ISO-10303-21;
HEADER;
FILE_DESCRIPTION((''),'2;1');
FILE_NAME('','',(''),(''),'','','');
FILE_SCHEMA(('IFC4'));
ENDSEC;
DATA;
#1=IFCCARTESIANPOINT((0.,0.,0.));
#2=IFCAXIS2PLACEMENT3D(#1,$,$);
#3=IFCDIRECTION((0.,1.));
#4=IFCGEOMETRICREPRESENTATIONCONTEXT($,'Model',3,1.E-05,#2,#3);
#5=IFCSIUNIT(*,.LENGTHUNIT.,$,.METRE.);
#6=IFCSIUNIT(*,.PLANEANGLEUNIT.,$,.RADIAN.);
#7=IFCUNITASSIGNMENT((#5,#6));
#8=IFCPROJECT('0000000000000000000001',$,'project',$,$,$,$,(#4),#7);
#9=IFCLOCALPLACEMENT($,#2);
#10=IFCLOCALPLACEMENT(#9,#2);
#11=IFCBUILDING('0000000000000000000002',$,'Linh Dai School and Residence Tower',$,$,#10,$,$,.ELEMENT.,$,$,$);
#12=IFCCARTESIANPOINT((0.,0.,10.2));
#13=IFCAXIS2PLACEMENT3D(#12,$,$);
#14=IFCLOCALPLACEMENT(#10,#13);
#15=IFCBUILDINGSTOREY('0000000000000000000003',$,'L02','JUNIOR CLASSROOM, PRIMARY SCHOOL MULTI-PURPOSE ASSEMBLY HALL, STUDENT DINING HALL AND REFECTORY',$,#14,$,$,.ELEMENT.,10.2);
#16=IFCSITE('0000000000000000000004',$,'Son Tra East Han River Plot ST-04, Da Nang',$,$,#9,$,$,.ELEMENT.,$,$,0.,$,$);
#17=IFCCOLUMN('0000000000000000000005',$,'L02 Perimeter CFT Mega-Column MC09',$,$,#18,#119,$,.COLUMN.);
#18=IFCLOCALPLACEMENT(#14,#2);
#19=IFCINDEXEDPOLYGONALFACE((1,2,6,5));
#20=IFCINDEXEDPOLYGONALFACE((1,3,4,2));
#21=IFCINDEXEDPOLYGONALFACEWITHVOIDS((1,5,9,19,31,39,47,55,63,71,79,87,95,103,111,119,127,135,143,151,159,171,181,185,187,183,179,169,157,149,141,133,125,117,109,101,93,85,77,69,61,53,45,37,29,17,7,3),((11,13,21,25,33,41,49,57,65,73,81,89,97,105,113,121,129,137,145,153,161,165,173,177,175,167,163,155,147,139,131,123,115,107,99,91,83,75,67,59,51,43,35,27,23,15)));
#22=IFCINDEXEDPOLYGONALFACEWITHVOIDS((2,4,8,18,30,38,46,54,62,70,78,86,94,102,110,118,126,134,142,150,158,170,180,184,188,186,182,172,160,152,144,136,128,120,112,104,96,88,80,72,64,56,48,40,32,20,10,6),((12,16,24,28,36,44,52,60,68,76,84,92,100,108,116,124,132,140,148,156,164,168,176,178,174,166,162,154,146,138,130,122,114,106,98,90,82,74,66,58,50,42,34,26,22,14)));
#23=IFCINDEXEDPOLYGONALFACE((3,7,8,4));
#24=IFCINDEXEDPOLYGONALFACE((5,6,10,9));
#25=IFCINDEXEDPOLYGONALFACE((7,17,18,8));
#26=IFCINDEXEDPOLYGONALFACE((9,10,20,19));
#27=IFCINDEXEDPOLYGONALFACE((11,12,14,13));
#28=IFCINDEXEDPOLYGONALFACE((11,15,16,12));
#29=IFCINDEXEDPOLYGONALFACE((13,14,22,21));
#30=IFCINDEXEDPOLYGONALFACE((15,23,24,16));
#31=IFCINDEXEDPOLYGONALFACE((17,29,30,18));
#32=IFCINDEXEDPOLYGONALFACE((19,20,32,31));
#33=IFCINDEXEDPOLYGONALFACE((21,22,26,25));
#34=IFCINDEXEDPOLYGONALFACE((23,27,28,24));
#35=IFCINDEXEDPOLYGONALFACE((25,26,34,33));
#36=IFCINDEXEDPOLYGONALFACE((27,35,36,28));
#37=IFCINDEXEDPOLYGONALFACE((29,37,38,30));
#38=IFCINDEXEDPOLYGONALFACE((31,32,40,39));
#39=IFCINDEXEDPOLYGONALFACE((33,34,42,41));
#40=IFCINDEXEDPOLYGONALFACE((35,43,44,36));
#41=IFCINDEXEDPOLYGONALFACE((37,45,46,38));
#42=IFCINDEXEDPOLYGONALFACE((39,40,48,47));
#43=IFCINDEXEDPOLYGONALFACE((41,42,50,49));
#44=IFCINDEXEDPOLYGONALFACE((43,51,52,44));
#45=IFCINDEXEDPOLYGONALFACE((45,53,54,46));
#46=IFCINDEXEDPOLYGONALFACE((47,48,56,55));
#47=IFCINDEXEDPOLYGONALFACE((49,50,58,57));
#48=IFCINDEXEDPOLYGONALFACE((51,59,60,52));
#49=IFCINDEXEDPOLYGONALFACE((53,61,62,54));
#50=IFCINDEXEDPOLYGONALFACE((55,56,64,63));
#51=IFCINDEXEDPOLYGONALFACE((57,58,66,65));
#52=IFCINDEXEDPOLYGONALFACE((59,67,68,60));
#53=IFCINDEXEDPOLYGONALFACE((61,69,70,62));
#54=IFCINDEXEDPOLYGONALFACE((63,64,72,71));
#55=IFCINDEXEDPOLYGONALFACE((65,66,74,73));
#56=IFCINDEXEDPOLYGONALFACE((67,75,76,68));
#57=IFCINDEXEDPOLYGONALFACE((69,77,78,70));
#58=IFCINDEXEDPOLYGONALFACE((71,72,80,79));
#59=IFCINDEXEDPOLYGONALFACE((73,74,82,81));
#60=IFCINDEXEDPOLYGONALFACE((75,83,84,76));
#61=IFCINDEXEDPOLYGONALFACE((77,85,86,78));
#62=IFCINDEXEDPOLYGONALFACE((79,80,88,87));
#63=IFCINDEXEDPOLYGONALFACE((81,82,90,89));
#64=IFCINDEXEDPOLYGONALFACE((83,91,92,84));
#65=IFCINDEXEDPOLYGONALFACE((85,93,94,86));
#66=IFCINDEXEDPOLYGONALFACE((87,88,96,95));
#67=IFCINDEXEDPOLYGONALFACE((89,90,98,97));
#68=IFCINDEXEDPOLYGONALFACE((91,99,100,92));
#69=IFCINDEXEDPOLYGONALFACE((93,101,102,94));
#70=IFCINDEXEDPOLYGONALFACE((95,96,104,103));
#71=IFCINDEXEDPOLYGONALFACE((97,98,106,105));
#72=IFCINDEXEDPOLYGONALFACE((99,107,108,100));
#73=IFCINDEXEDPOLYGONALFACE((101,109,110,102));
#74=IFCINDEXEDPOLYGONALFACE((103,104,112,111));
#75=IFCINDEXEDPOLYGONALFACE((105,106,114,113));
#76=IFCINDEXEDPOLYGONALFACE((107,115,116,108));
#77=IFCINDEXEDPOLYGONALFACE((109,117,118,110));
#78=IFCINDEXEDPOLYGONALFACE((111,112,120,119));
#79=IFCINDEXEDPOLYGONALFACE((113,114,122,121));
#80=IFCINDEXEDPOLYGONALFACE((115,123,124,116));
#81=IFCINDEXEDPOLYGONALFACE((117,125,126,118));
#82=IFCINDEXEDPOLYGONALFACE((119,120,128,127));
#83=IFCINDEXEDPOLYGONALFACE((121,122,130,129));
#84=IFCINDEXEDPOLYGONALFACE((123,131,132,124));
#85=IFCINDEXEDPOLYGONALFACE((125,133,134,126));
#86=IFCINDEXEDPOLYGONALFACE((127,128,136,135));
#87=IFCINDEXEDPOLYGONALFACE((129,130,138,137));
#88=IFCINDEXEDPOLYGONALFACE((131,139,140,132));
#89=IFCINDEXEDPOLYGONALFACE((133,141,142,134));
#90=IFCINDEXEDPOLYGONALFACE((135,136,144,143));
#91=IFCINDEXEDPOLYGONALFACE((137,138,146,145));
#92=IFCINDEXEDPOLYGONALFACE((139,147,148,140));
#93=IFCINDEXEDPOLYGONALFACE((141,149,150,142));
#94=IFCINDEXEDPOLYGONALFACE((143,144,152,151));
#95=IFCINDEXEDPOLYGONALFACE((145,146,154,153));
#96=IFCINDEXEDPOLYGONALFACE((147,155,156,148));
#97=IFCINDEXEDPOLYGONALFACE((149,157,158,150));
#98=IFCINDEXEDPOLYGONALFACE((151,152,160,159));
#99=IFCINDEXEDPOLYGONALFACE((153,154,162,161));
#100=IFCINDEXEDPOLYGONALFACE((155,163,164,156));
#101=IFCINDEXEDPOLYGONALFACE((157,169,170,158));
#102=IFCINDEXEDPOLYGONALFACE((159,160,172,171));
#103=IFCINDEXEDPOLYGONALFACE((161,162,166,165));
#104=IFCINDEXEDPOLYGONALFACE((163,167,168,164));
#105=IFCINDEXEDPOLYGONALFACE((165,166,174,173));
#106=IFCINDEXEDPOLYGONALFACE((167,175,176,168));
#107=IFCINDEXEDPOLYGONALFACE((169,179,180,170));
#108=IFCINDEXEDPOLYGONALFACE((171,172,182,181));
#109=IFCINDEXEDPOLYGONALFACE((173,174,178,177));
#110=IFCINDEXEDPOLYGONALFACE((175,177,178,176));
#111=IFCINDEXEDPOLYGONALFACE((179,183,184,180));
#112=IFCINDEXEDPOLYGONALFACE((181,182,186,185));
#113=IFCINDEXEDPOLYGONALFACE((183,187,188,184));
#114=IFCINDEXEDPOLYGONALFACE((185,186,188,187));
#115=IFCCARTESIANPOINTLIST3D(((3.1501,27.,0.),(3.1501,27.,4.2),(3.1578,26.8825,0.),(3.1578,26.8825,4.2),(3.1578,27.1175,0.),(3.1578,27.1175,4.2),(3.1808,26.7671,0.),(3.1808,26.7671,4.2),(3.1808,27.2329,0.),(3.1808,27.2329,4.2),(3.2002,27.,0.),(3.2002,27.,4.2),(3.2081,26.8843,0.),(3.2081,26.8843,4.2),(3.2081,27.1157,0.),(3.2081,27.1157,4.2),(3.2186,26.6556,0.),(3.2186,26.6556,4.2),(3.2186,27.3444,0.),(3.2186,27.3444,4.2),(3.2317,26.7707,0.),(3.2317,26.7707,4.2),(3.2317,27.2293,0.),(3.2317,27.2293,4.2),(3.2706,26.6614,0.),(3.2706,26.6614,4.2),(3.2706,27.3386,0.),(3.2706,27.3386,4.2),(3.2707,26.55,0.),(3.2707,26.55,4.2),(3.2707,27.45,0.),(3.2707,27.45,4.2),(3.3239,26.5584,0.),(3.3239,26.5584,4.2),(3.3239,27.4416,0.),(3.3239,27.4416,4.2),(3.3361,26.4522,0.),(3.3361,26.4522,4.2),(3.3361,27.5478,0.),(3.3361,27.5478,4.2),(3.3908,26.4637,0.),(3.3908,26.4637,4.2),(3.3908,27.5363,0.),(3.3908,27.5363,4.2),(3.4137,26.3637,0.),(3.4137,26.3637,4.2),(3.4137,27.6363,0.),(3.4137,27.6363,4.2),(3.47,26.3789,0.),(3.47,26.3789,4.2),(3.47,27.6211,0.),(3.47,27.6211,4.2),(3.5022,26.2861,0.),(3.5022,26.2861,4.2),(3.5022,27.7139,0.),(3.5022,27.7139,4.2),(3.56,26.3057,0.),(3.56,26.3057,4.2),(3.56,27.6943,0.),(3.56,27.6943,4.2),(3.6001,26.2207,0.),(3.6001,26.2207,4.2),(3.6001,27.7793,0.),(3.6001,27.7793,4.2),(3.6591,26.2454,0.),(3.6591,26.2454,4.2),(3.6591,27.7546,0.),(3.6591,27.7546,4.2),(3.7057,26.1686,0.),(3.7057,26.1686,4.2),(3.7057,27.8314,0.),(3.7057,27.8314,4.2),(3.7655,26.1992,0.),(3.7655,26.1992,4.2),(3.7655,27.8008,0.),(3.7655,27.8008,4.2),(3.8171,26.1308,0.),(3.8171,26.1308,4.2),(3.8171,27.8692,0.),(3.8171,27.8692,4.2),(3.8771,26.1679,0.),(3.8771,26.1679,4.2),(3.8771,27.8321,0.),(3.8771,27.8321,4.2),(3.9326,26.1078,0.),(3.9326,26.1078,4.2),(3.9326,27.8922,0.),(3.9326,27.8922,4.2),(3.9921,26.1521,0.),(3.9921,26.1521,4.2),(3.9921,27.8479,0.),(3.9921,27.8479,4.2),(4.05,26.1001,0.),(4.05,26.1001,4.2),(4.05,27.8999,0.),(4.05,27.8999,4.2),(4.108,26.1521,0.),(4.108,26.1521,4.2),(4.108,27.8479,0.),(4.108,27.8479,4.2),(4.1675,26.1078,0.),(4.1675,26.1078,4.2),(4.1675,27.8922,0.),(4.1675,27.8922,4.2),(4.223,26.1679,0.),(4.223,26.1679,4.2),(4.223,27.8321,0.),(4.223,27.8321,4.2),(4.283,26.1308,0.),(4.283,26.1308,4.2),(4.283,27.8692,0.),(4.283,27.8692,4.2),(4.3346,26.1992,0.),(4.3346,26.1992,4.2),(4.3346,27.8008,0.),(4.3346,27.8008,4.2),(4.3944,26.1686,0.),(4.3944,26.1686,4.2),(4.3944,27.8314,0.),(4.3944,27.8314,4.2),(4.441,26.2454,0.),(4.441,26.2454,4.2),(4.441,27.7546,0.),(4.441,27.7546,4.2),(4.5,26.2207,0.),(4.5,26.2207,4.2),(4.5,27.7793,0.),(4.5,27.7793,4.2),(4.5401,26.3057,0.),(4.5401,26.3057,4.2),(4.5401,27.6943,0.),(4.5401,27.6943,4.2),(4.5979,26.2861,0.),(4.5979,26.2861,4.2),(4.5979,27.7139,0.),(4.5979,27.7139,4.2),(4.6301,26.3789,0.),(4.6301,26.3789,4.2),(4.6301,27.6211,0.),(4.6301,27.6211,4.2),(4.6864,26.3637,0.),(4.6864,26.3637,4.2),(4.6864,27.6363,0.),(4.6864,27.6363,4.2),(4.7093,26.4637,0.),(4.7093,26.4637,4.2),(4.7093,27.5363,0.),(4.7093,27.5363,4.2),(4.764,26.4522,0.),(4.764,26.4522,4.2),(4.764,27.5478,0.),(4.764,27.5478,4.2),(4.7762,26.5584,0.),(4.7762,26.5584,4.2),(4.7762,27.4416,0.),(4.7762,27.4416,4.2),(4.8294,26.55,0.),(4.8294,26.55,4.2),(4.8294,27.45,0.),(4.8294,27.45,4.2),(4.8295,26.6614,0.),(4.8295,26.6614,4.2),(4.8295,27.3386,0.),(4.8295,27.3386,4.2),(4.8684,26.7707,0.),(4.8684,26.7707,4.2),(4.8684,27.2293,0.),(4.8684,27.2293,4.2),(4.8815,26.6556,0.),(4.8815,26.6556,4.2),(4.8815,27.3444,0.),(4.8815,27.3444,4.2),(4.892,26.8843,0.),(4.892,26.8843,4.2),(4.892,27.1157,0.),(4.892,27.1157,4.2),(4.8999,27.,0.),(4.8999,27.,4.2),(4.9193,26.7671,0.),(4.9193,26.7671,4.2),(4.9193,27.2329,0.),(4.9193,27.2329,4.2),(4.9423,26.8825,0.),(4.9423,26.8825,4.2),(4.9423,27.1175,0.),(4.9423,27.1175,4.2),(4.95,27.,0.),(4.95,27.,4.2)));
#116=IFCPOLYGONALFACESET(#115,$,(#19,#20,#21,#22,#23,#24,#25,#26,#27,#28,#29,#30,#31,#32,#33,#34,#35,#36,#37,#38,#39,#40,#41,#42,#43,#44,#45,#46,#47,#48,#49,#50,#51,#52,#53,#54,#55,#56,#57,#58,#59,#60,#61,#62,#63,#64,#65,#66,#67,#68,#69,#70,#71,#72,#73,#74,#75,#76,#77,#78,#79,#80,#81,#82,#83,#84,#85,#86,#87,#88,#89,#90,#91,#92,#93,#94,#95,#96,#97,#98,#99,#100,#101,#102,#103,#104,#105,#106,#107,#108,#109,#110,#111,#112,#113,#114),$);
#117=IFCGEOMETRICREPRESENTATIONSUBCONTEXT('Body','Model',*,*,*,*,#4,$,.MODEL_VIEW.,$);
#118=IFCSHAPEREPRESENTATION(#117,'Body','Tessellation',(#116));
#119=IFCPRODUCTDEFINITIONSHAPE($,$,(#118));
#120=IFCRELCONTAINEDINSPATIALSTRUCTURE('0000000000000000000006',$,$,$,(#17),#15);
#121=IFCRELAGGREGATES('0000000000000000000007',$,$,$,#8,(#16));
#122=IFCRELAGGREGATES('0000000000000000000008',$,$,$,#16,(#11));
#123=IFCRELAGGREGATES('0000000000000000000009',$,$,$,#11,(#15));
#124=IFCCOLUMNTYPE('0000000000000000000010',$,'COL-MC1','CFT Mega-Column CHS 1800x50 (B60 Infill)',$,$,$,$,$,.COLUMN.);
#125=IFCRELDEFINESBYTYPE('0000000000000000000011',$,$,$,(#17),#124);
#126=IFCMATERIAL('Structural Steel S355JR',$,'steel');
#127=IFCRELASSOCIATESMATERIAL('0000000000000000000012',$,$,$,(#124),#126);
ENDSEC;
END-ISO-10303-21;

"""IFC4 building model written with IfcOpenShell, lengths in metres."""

from ifc_helpers import new_model, si_unit, direction, frame, origin, origin_2d, place, context, subcontext, project, spatial, hollow_circle, extrude, material, material_profile, profile_set, type_object, element, save


model = new_model("IFC4")

# Units and contexts
model_context = context("Model", 3, precision=1e-05, world=origin(), true_north=direction((0.0, 1.0)))
body_context = subcontext(model_context, "Body", "Model", "MODEL_VIEW")
ifc_project = project(units=[si_unit("LENGTHUNIT", "METRE"), si_unit("PLANEANGLEUNIT", "RADIAN")], contexts=[model_context])

# Site, building, storey
site_placement = place(None, origin())
site = spatial("IfcSite", under=ifc_project, at=site_placement, Name="Son Tra East Han River Plot ST-04, Da Nang", CompositionType="ELEMENT", RefElevation=0.0)
building_placement = place(site_placement, origin())
building = spatial("IfcBuilding", under=site, at=building_placement, Name="Linh Dai School and Residence Tower", CompositionType="ELEMENT")
storey_placement = place(building_placement, frame((0.0, 0.0, 10.2)))
storey = spatial("IfcBuildingStorey", under=building, at=storey_placement, Name="L02", Description="JUNIOR CLASSROOM, PRIMARY SCHOOL MULTI-PURPOSE ASSEMBLY HALL, STUDENT DINING HALL AND REFECTORY", CompositionType="ELEMENT", Elevation=10.2)

# Column
ifc_material_1 = material(Name="Structural Steel S355JR", Category="steel")
ifc_material_profile_1 = material_profile(ifc_material_1, hollow_circle(Radius=0.8999, WallThickness=0.05, at=origin_2d()), Name="CHS 1800x50")
ifc_profile_set_1 = profile_set([ifc_material_profile_1], Name="Structural Steel S355JR")
column_type = type_object("IfcColumnType", Name="COL-MC1", Description="CFT Mega-Column CHS 1800x50 (B60 Infill)", PredefinedType="COLUMN", material=ifc_profile_set_1)
for number, where, z_axis, x_axis, name in (
    (1, (4.05, 27.0, 0.0), (0.0, 0.0, 1.0), (1.0, 0.0, 0.0), "L02 Perimeter CFT Mega-Column MC09"),
):
    element("IfcColumn", number, at=place(storey_placement, frame(where, z_axis=z_axis, x_axis=x_axis)), inside=storey, type_object=column_type, Name=name, PredefinedType="COLUMN", context=body_context, shape_type="SweptSolid", body=[
        extrude(hollow_circle(Radius=0.8999, WallThickness=0.05, at=origin_2d()), origin(), (0.0, 0.0, 1.0), 4.2),
    ])

save(model, "model.ifc")
